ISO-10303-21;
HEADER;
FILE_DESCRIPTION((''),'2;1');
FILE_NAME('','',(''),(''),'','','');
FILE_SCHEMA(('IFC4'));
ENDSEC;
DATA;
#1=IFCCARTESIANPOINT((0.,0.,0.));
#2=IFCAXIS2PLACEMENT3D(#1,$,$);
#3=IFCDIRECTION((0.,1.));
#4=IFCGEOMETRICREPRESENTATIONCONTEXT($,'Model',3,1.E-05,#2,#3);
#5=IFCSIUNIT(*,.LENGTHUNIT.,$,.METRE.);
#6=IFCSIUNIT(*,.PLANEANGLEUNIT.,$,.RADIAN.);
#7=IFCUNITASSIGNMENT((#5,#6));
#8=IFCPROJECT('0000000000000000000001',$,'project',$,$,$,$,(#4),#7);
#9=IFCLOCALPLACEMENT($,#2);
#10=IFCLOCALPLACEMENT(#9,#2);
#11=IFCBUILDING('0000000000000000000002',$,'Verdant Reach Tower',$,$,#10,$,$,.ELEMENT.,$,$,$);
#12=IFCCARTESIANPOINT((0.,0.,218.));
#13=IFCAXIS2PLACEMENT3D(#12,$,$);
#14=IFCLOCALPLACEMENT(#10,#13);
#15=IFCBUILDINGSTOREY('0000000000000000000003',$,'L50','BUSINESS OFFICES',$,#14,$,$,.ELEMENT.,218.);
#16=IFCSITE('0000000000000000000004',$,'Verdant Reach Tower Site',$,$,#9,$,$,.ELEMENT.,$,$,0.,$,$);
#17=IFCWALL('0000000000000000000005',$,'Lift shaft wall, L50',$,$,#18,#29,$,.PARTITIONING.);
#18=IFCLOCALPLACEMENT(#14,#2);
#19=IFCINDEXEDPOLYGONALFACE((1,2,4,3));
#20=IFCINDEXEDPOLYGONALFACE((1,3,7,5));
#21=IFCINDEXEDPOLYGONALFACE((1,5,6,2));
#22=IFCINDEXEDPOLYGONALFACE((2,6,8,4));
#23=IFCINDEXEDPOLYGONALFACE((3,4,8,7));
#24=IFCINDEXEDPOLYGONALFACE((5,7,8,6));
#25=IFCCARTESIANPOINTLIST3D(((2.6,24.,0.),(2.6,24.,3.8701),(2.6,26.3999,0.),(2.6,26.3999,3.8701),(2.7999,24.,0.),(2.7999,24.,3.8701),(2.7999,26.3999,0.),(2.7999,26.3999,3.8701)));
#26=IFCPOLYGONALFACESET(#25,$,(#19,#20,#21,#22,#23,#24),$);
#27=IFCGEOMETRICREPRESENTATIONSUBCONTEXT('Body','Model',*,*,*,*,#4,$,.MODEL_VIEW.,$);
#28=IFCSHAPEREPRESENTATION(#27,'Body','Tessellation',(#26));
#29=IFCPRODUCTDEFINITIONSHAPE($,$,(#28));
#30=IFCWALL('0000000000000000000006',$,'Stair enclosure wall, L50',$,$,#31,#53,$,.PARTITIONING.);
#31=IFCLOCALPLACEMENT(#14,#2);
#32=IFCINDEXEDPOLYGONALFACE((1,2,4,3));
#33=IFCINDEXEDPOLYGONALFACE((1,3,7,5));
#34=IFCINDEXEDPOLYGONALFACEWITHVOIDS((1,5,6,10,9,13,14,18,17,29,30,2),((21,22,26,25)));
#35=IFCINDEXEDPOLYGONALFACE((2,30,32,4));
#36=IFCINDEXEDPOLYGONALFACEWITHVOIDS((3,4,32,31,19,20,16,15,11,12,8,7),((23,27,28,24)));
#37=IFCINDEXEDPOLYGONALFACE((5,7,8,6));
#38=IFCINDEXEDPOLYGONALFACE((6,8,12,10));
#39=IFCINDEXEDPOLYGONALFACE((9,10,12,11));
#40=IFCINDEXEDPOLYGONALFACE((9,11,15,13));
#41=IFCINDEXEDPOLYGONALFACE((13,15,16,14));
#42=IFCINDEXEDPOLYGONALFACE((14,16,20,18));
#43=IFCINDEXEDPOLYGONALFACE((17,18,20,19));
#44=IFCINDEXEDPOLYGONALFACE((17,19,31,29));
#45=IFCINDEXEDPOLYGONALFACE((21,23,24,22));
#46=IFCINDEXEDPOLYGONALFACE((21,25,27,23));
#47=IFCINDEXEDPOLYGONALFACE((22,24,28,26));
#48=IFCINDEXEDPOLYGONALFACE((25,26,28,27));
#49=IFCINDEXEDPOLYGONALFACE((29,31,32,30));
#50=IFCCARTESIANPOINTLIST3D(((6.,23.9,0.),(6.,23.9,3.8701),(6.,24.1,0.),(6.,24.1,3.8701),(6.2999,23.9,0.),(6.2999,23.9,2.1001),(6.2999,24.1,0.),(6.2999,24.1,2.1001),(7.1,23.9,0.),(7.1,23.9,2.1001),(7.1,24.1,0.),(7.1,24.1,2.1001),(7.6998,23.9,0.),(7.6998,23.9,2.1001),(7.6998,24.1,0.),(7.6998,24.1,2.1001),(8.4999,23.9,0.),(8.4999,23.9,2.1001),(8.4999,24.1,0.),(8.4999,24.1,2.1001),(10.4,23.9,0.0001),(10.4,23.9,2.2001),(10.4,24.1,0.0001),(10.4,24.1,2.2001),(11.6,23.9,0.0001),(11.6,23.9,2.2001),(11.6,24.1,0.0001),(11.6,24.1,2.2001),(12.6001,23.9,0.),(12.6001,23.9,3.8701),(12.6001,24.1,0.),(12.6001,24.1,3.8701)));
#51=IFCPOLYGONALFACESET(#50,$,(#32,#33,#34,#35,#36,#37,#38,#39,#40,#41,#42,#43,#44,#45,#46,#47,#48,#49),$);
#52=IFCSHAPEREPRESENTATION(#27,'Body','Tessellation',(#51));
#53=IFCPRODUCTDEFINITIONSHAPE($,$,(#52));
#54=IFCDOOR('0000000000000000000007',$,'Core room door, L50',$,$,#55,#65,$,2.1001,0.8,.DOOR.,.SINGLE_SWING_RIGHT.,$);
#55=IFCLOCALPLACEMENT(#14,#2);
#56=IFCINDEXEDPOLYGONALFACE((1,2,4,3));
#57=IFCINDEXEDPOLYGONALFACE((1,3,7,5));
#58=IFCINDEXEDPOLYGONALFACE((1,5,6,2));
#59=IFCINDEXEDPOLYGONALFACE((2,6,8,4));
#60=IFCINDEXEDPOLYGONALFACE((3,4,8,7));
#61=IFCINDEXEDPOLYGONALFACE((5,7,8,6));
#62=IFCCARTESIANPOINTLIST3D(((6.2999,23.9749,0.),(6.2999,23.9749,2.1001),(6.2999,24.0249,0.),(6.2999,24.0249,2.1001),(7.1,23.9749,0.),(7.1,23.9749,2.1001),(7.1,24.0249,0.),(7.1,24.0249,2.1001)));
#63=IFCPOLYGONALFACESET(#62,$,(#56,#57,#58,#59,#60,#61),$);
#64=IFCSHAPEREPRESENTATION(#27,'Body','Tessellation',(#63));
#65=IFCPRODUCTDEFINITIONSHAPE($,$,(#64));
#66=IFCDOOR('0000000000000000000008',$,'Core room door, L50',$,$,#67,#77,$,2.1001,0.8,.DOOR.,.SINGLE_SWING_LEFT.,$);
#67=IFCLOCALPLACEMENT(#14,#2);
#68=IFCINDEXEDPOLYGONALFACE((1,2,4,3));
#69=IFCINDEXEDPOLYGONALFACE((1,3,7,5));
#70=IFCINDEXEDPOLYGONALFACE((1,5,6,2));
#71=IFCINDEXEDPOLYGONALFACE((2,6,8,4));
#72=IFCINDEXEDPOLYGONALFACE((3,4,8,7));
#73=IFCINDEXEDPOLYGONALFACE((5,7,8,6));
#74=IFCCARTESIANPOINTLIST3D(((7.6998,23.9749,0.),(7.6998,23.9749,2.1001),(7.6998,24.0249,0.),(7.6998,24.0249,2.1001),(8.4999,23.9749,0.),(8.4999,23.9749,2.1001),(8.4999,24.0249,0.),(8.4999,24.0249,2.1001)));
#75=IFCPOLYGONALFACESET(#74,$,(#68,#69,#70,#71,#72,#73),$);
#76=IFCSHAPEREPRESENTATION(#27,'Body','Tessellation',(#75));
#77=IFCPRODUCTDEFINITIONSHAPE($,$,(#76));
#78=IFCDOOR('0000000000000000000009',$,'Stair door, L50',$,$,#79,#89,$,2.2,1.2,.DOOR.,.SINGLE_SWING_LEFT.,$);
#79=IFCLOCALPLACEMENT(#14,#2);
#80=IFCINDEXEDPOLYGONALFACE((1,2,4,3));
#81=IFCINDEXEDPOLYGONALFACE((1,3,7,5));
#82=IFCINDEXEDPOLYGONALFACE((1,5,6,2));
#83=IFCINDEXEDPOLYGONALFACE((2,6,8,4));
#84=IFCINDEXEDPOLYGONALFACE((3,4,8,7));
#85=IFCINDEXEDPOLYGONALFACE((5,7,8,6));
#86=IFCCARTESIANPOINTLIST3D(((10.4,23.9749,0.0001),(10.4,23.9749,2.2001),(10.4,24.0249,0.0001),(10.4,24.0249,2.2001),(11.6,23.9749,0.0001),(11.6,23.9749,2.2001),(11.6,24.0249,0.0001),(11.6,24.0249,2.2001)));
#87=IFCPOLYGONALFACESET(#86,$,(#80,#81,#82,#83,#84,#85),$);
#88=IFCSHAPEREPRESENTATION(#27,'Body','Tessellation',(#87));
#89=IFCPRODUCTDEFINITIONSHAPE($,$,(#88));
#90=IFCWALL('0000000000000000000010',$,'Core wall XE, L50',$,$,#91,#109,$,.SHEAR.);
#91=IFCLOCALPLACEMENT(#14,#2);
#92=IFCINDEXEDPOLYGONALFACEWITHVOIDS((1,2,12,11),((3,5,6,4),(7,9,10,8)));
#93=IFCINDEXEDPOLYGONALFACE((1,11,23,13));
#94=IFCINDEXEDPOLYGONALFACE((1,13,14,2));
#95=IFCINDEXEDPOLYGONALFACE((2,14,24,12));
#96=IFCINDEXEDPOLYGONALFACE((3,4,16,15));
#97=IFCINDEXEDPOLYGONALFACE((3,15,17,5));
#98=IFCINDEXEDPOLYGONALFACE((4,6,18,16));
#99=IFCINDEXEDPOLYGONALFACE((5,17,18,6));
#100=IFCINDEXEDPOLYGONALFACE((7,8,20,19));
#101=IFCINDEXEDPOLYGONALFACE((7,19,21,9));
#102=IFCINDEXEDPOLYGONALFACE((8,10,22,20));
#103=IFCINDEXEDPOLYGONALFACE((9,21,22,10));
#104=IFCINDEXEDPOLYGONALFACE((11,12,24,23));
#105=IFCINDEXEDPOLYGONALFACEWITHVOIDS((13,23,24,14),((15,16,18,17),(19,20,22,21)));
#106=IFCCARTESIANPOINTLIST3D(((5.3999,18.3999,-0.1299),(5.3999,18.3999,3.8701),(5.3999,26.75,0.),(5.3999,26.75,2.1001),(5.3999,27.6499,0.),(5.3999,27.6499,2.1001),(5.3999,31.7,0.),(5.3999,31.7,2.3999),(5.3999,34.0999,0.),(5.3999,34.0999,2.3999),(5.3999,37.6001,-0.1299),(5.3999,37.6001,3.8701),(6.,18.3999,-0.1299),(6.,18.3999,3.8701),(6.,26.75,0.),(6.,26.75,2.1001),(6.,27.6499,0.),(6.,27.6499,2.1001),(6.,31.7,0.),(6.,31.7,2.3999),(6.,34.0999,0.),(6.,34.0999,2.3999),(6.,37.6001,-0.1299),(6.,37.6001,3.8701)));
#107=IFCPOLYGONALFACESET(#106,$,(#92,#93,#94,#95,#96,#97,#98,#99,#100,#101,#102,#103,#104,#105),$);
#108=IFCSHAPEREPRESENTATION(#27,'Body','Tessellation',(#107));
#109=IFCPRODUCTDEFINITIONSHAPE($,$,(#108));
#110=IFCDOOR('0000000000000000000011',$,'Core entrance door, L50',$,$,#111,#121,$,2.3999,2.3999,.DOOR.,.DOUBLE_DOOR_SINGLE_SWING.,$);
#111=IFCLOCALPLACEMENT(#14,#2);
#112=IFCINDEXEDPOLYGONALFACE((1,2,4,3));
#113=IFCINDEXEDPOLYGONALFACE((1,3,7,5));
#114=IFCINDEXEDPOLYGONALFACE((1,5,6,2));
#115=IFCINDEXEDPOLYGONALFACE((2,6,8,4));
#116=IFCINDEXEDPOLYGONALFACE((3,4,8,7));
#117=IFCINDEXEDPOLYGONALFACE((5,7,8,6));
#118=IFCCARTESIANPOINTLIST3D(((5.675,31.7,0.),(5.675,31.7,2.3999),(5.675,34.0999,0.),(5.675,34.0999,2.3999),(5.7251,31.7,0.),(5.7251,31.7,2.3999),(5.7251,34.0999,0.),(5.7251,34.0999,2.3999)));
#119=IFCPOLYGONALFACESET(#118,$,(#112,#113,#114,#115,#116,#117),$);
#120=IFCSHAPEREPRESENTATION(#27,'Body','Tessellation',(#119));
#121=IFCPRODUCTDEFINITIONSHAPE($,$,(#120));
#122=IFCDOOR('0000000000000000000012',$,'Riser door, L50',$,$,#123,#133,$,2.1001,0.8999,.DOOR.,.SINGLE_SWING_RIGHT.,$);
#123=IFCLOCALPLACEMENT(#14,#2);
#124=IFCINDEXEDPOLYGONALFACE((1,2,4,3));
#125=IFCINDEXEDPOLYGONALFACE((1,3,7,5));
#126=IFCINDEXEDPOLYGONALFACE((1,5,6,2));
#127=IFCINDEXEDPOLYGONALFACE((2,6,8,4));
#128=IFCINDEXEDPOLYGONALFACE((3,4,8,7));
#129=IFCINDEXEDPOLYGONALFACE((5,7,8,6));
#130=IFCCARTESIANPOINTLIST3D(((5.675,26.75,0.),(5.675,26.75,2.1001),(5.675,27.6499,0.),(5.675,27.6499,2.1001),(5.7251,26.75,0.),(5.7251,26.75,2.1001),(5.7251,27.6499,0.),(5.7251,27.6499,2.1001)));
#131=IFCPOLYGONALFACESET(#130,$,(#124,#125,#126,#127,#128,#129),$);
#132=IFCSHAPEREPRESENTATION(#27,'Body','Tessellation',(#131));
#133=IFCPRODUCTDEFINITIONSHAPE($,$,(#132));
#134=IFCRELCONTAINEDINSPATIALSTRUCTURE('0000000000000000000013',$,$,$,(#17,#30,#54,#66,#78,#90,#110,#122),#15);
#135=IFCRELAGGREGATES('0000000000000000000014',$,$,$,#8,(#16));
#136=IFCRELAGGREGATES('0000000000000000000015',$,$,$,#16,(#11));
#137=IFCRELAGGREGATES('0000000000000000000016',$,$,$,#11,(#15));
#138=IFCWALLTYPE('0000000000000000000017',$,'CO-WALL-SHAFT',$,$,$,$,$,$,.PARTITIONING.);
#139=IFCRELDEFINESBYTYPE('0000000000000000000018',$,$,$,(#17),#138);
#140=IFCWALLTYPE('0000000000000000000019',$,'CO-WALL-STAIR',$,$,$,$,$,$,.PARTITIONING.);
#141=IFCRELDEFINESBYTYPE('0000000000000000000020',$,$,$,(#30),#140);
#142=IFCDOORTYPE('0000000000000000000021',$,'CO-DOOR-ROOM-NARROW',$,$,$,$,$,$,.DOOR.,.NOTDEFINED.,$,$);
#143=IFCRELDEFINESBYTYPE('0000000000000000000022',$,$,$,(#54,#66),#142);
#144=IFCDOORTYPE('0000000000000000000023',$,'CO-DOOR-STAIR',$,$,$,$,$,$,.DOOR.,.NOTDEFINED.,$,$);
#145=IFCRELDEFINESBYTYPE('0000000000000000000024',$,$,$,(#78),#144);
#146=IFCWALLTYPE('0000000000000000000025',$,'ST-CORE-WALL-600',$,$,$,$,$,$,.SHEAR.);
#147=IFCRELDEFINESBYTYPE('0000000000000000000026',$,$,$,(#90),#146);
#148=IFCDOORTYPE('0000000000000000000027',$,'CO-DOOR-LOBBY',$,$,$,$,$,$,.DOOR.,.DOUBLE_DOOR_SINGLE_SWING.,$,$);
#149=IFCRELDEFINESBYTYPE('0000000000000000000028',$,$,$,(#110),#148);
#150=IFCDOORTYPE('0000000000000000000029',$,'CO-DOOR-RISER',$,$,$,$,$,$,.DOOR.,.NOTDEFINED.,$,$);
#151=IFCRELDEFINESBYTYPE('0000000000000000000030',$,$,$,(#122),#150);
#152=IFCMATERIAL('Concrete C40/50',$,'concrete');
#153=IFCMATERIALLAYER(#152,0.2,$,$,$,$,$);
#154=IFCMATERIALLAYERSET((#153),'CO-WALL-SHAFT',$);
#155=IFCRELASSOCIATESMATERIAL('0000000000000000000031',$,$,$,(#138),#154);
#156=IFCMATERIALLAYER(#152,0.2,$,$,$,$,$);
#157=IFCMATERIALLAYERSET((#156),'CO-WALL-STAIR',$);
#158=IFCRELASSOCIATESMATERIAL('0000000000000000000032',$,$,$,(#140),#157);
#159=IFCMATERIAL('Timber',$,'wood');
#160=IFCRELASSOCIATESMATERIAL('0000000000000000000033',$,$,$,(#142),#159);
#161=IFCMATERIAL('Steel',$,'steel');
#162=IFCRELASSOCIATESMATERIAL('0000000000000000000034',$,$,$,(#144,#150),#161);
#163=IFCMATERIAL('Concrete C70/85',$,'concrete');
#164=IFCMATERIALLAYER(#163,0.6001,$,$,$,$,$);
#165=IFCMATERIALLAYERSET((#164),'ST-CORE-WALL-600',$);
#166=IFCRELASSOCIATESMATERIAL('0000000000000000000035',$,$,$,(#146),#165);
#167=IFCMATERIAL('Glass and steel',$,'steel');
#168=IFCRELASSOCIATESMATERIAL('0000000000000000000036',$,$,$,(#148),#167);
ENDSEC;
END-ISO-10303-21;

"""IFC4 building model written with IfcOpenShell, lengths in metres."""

from ifc_helpers import new_model, si_unit, direction, frame, frame_2d, origin, place, context, subcontext, project, spatial, rectangle, extrude, material, layer, layer_set, type_object, element, fill, save


model = new_model("IFC4")

# Units and contexts
model_context = context("Model", 3, precision=1e-05, world=origin(), true_north=direction((0.0, 1.0)))
body_context = subcontext(model_context, "Body", "Model", "MODEL_VIEW")
ifc_project = project(units=[si_unit("LENGTHUNIT", "METRE"), si_unit("PLANEANGLEUNIT", "RADIAN")], contexts=[model_context])

# Site, building, storey
site_placement = place(None, origin())
site = spatial("IfcSite", under=ifc_project, at=site_placement, Name="Verdant Reach Tower Site", CompositionType="ELEMENT", RefElevation=0.0)
building_placement = place(site_placement, origin())
building = spatial("IfcBuilding", under=site, at=building_placement, Name="Verdant Reach Tower", CompositionType="ELEMENT")
storey_placement = place(building_placement, frame((0.0, 0.0, 218.0)))
storey = spatial("IfcBuildingStorey", under=building, at=storey_placement, Name="L50", Description="BUSINESS OFFICES", CompositionType="ELEMENT", Elevation=218.0)

# Shared definitions
ifc_material_1 = material(Name="Timber", Category="wood")

# Wall
ifc_material_2 = material(Name="Concrete C40/50", Category="concrete")
ifc_layer_1 = layer(ifc_material_2, 0.2)
ifc_layer_set_1 = layer_set([ifc_layer_1], Name="CO-WALL-SHAFT")
wall_type_1 = type_object("IfcWallType", Name="CO-WALL-SHAFT", PredefinedType="PARTITIONING", material=ifc_layer_set_1)
wall_1_placement = place(storey_placement, frame((2.7, 24.0, 0.0), z_axis=(0.0, 0.0, 1.0), x_axis=(0.0, 1.0, 0.0)))
element("IfcWall", 1, at=wall_1_placement, inside=storey, type_object=wall_type_1, Name="Lift shaft wall, L50", PredefinedType="PARTITIONING", context=body_context, shape_type="SweptSolid", body=[
    extrude(rectangle(XDim=2.3999, YDim=0.2, at=frame_2d((1.2, 0.0))), origin(), (0.0, 0.0, 1.0), 3.8701),
])

# Walls, openings, doors
ifc_layer_2 = layer(ifc_material_2, 0.2)
ifc_layer_set_2 = layer_set([ifc_layer_2], Name="CO-WALL-STAIR")
wall_type_2 = type_object("IfcWallType", Name="CO-WALL-STAIR", PredefinedType="PARTITIONING", material=ifc_layer_set_2)
wall_2_placement = place(storey_placement, frame((6.0, 24.0, 0.0), z_axis=(0.0, 0.0, 1.0), x_axis=(1.0, 0.0, 0.0)))
wall_2 = element("IfcWall", 2, at=wall_2_placement, inside=storey, type_object=wall_type_2, Name="Stair enclosure wall, L50", PredefinedType="PARTITIONING", context=body_context, shape_type="SweptSolid", body=[
    extrude(rectangle(XDim=6.6001, YDim=0.2, at=frame_2d((3.3, 0.0))), origin(), (0.0, 0.0, 1.0), 3.8701),
])
opening_1_placement = place(wall_2_placement, frame((0.3, 0.0, 0.0)))
opening_1 = element("IfcOpeningElement", 3, at=opening_1_placement, cuts=wall_2, PredefinedType="OPENING", context=body_context, shape_type="SweptSolid", body=[
    extrude(rectangle(XDim=0.8, YDim=2.1001, at=frame_2d((0.3999, 1.05))), frame((0.0, 0.1099, 0.0), z_axis=(0.0, -1.0, 0.0), x_axis=(1.0, 0.0, 0.0)), (0.0, 0.0, 1.0), 0.22),
])
opening_2_placement = place(wall_2_placement, frame((1.7, 0.0, 0.0)))
opening_2 = element("IfcOpeningElement", 4, at=opening_2_placement, cuts=wall_2, PredefinedType="OPENING", context=body_context, shape_type="SweptSolid", body=[
    extrude(rectangle(XDim=0.8, YDim=2.1001, at=frame_2d((0.3999, 1.05))), frame((0.0, 0.1099, 0.0), z_axis=(0.0, -1.0, 0.0), x_axis=(1.0, 0.0, 0.0)), (0.0, 0.0, 1.0), 0.22),
])
opening_3_placement = place(wall_2_placement, frame((4.3999, 0.0, 0.0)))
opening_3 = element("IfcOpeningElement", 5, at=opening_3_placement, cuts=wall_2, PredefinedType="OPENING", context=body_context, shape_type="SweptSolid", body=[
    extrude(rectangle(XDim=1.2, YDim=2.2, at=frame_2d((0.6001, 1.1001))), frame((0.0, 0.1099, 0.0), z_axis=(0.0, -1.0, 0.0), x_axis=(1.0, 0.0, 0.0)), (0.0, 0.0, 1.0), 0.22),
])
door_type_1 = type_object("IfcDoorType", Name="CO-DOOR-ROOM-NARROW", OperationType="NOTDEFINED", PredefinedType="DOOR", material=ifc_material_1)
door_1_placement = place(opening_1_placement, origin())
door_1 = element("IfcDoor", 6, at=door_1_placement, inside=storey, type_object=door_type_1, Name="Core room door, L50", OperationType="SINGLE_SWING_RIGHT", OverallHeight=2.1001, OverallWidth=0.8, PredefinedType="DOOR", context=body_context, shape_type="SweptSolid", body=[
    extrude(rectangle(XDim=0.8, YDim=2.1001, at=frame_2d((0.3999, 1.05))), frame((0.0, 0.0249, 0.0), z_axis=(0.0, -1.0, 0.0), x_axis=(1.0, 0.0, 0.0)), (0.0, 0.0, 1.0), 0.05),
])
fill(opening_1, door_1)
door_2_placement = place(opening_2_placement, origin())
door_2 = element("IfcDoor", 7, at=door_2_placement, inside=storey, type_object=door_type_1, Name="Core room door, L50", OperationType="SINGLE_SWING_LEFT", OverallHeight=2.1001, OverallWidth=0.8, PredefinedType="DOOR", context=body_context, shape_type="SweptSolid", body=[
    extrude(rectangle(XDim=0.8, YDim=2.1001, at=frame_2d((0.3999, 1.05))), frame((0.0, 0.0249, 0.0), z_axis=(0.0, -1.0, 0.0), x_axis=(1.0, 0.0, 0.0)), (0.0, 0.0, 1.0), 0.05),
])
fill(opening_2, door_2)
ifc_material_3 = material(Name="Steel", Category="steel")
door_type_2 = type_object("IfcDoorType", Name="CO-DOOR-STAIR", OperationType="NOTDEFINED", PredefinedType="DOOR", material=ifc_material_3)
door_3_placement = place(opening_3_placement, origin())
door_3 = element("IfcDoor", 8, at=door_3_placement, inside=storey, type_object=door_type_2, Name="Stair door, L50", OperationType="SINGLE_SWING_LEFT", OverallHeight=2.2, OverallWidth=1.2, PredefinedType="DOOR", context=body_context, shape_type="SweptSolid", body=[
    extrude(rectangle(XDim=1.2, YDim=2.2, at=frame_2d((0.6001, 1.1001))), frame((0.0, 0.0249, 0.0), z_axis=(0.0, -1.0, 0.0), x_axis=(1.0, 0.0, 0.0)), (0.0, 0.0, 1.0), 0.05),
])
fill(opening_3, door_3)
ifc_material_4 = material(Name="Concrete C70/85", Category="concrete")
ifc_layer_3 = layer(ifc_material_4, 0.6001)
ifc_layer_set_3 = layer_set([ifc_layer_3], Name="ST-CORE-WALL-600")
wall_type_3 = type_object("IfcWallType", Name="ST-CORE-WALL-600", PredefinedType="SHEAR", material=ifc_layer_set_3)
wall_3_placement = place(storey_placement, frame((5.7, 18.3999, -0.1299), z_axis=(0.0, 0.0, 1.0), x_axis=(0.0, 1.0, 0.0)))
wall_3 = element("IfcWall", 9, at=wall_3_placement, inside=storey, type_object=wall_type_3, Name="Core wall XE, L50", PredefinedType="SHEAR", context=body_context, shape_type="SweptSolid", body=[
    extrude(rectangle(XDim=19.2002, YDim=0.6001, at=frame_2d((9.6001, 0.0))), origin(), (0.0, 0.0, 1.0), 4.0),
])
opening_4_placement = place(wall_3_placement, frame((8.3501, 0.0, 0.1299)))
opening_4 = element("IfcOpeningElement", 10, at=opening_4_placement, cuts=wall_3, PredefinedType="OPENING", context=body_context, shape_type="SweptSolid", body=[
    extrude(rectangle(XDim=0.8999, YDim=2.1001, at=frame_2d((0.45, 1.05))), frame((0.0, 0.3101, 0.0), z_axis=(0.0, -1.0, 0.0), x_axis=(1.0, 0.0, 0.0)), (0.0, 0.0, 1.0), 0.6201),
])
opening_5_placement = place(wall_3_placement, frame((13.3, 0.0, 0.1299)))
opening_5 = element("IfcOpeningElement", 11, at=opening_5_placement, cuts=wall_3, PredefinedType="OPENING", context=body_context, shape_type="SweptSolid", body=[
    extrude(rectangle(XDim=2.3999, YDim=2.3999, at=frame_2d((1.2, 1.2))), frame((0.0, 0.3101, 0.0), z_axis=(0.0, -1.0, 0.0), x_axis=(1.0, 0.0, 0.0)), (0.0, 0.0, 1.0), 0.6201),
])
ifc_material_5 = material(Name="Glass and steel", Category="steel")
door_type_3 = type_object("IfcDoorType", Name="CO-DOOR-LOBBY", OperationType="DOUBLE_DOOR_SINGLE_SWING", PredefinedType="DOOR", material=ifc_material_5)
door_4_placement = place(opening_5_placement, origin())
door_4 = element("IfcDoor", 12, at=door_4_placement, inside=storey, type_object=door_type_3, Name="Core entrance door, L50", OperationType="DOUBLE_DOOR_SINGLE_SWING", OverallHeight=2.3999, OverallWidth=2.3999, PredefinedType="DOOR", context=body_context, shape_type="SweptSolid", body=[
    extrude(rectangle(XDim=2.3999, YDim=2.3999, at=frame_2d((1.2, 1.2))), frame((0.0, 0.0249, 0.0), z_axis=(0.0, -1.0, 0.0), x_axis=(1.0, 0.0, 0.0)), (0.0, 0.0, 1.0), 0.05),
])
fill(opening_5, door_4)
door_type_4 = type_object("IfcDoorType", Name="CO-DOOR-RISER", OperationType="NOTDEFINED", PredefinedType="DOOR", material=ifc_material_3)
door_5_placement = place(opening_4_placement, origin())
door_5 = element("IfcDoor", 13, at=door_5_placement, inside=storey, type_object=door_type_4, Name="Riser door, L50", OperationType="SINGLE_SWING_RIGHT", OverallHeight=2.1001, OverallWidth=0.8999, PredefinedType="DOOR", context=body_context, shape_type="SweptSolid", body=[
    extrude(rectangle(XDim=0.8999, YDim=2.1001, at=frame_2d((0.45, 1.05))), frame((0.0, 0.0249, 0.0), z_axis=(0.0, -1.0, 0.0), x_axis=(1.0, 0.0, 0.0)), (0.0, 0.0, 1.0), 0.05),
])
fill(opening_4, door_5)

save(model, "model.ifc")
